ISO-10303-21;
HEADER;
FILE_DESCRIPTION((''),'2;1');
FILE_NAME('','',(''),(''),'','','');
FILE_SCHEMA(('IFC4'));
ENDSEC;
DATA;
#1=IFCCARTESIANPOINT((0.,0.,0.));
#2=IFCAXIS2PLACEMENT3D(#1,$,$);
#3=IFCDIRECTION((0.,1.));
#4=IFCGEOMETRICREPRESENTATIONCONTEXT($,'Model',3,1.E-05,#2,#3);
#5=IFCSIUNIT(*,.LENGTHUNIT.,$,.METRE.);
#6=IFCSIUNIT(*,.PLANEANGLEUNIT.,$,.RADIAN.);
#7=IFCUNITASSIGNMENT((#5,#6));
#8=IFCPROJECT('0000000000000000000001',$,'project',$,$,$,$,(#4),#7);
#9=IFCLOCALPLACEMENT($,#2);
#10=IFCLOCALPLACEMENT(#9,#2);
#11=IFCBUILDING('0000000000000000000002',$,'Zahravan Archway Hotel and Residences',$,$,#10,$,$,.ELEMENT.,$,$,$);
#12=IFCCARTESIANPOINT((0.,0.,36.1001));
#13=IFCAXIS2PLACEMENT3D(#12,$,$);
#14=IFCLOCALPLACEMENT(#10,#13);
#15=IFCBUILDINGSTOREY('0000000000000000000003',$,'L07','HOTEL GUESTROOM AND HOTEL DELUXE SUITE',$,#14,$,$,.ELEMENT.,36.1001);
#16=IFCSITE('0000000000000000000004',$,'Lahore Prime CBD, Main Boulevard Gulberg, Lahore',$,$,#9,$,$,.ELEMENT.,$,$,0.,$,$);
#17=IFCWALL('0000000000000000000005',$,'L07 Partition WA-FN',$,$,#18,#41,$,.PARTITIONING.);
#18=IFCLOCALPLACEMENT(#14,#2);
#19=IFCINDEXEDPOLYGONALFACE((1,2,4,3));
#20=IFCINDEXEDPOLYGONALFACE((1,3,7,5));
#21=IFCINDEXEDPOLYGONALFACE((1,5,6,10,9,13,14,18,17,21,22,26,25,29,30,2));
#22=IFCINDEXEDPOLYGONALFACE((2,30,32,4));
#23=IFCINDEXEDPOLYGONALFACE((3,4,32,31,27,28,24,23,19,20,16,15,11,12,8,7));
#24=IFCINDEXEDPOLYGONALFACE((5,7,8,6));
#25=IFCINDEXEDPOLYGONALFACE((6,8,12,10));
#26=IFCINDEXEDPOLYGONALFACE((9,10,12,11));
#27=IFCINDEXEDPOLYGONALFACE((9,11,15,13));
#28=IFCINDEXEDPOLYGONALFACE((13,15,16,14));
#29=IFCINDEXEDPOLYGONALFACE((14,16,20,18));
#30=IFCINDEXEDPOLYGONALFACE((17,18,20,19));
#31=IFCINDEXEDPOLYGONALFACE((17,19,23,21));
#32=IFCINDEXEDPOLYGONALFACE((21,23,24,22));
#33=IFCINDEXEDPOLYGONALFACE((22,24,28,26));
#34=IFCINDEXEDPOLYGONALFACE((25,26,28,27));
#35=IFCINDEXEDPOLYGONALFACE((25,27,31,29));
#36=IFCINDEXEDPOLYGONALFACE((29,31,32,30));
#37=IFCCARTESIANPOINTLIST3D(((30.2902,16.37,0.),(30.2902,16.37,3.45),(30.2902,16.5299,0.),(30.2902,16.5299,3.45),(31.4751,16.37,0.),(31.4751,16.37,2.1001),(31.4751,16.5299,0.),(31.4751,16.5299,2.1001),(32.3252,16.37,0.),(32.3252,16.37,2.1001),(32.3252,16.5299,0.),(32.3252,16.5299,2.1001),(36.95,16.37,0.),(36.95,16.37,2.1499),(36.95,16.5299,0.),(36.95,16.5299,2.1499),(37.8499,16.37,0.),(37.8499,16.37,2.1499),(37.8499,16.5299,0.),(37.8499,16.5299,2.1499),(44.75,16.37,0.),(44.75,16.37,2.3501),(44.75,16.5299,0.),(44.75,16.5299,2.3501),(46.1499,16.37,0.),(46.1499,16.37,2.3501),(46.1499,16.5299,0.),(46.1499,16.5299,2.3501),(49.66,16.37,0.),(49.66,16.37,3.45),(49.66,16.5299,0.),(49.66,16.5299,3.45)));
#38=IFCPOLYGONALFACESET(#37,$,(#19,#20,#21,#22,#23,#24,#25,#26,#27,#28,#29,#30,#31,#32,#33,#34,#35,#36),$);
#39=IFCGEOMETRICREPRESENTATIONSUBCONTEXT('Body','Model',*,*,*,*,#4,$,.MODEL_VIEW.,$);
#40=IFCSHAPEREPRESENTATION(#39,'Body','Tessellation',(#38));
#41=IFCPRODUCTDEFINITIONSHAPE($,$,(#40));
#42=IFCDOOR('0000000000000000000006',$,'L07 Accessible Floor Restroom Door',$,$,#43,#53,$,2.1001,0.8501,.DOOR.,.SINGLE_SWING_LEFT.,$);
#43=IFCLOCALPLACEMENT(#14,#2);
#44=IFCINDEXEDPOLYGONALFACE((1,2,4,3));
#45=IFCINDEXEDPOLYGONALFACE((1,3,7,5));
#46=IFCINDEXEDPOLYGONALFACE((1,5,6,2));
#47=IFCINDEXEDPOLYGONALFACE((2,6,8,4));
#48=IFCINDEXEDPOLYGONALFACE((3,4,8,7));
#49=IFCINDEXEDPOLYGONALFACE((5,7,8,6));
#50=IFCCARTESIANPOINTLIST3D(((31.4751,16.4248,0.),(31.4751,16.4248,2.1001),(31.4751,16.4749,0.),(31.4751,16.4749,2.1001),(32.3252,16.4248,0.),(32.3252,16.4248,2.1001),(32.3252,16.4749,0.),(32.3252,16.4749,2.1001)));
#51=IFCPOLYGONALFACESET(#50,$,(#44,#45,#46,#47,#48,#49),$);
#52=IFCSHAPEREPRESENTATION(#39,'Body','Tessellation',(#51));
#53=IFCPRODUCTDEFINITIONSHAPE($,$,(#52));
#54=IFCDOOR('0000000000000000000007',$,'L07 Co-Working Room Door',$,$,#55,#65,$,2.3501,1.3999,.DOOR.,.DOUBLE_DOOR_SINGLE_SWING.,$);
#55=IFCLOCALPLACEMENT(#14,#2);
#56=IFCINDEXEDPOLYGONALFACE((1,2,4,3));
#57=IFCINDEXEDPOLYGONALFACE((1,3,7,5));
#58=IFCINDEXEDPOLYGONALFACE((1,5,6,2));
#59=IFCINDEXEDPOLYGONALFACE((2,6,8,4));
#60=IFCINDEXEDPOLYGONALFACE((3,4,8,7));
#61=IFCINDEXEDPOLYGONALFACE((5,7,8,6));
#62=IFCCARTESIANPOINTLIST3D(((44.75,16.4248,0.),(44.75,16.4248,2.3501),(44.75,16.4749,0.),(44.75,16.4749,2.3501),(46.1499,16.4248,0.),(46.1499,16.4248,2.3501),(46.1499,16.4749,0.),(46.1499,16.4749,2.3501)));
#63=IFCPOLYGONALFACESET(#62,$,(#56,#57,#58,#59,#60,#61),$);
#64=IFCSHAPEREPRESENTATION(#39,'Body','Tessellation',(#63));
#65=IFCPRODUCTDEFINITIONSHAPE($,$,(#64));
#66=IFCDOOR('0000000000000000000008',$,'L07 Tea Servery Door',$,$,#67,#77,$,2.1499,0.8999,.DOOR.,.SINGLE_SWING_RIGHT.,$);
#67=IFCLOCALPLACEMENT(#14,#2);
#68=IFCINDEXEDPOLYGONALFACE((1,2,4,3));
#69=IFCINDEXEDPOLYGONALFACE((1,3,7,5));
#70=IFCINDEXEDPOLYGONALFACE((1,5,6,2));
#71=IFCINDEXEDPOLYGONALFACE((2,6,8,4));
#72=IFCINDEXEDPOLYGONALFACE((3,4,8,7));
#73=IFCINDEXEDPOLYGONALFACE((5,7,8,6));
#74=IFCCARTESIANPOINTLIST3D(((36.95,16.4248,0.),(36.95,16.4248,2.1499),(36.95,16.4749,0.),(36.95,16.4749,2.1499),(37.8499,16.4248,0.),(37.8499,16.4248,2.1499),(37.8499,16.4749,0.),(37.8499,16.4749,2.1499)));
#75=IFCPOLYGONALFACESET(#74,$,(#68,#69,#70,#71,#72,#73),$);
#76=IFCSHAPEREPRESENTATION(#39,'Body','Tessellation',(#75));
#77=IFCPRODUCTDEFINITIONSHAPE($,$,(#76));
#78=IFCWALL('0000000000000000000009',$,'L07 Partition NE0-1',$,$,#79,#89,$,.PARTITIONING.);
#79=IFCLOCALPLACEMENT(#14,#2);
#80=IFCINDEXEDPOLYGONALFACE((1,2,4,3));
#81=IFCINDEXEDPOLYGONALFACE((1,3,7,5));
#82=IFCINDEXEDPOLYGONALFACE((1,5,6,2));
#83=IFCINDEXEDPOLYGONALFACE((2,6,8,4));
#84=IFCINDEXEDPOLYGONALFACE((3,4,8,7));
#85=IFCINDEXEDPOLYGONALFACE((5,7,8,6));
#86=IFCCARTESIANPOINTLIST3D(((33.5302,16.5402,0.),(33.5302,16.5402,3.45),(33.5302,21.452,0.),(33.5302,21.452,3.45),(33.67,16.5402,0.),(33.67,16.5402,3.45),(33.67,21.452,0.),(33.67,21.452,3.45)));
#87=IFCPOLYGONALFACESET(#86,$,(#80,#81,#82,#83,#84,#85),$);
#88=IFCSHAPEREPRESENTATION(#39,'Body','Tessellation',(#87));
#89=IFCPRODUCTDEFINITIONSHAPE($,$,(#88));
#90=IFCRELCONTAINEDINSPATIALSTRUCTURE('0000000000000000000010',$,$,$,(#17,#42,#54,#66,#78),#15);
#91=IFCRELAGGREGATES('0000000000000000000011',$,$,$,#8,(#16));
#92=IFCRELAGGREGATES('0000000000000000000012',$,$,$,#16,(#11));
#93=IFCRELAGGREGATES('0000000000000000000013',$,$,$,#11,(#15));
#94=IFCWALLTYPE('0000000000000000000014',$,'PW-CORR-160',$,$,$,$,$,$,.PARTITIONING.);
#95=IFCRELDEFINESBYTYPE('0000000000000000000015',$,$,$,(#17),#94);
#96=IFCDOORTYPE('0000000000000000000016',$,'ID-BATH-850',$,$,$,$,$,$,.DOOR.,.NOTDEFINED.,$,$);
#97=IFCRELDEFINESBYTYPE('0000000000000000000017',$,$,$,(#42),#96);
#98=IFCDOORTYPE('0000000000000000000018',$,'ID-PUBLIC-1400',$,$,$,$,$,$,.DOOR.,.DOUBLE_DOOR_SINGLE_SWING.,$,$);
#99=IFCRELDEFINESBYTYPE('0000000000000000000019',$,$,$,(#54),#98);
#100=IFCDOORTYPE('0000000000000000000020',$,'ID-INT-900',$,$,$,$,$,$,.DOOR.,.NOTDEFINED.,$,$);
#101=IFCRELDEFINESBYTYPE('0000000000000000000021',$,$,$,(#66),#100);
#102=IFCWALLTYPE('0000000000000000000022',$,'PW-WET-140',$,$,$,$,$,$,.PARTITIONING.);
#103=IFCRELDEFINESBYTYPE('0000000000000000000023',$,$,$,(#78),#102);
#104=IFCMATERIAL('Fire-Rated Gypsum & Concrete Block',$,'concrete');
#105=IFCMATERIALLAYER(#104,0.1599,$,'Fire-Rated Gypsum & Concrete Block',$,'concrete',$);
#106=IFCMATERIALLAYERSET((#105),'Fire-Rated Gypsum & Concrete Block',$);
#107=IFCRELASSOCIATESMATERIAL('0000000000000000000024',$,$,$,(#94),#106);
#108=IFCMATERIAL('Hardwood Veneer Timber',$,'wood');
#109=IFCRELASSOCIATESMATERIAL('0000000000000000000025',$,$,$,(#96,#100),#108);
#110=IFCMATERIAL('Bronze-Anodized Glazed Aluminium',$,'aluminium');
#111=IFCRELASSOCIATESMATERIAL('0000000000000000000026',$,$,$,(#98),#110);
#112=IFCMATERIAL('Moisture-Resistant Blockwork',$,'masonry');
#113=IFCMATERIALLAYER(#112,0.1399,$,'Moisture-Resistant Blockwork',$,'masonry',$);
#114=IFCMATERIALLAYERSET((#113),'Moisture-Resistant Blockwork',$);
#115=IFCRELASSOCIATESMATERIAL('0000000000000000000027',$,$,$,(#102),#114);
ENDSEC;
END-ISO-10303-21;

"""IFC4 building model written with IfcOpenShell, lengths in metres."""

from ifc_helpers import new_model, si_unit, direction, frame, frame_2d, origin, place, context, subcontext, project, spatial, rectangle, extrude, source, transform, mapped, material, layer, layer_set, type_object, type_shapes, element, fill, save


model = new_model("IFC4")

# Units and contexts
model_context = context("Model", 3, precision=1e-05, world=origin(), true_north=direction((0.0, 1.0)))
body_context = subcontext(model_context, "Body", "Model", "MODEL_VIEW")
ifc_project = project(units=[si_unit("LENGTHUNIT", "METRE"), si_unit("PLANEANGLEUNIT", "RADIAN")], contexts=[model_context])

# Site, building, storey
site_placement = place(None, origin())
site = spatial("IfcSite", under=ifc_project, at=site_placement, Name="Lahore Prime CBD, Main Boulevard Gulberg, Lahore", CompositionType="ELEMENT", RefElevation=0.0)
building_placement = place(site_placement, origin())
building = spatial("IfcBuilding", under=site, at=building_placement, Name="Zahravan Archway Hotel and Residences", CompositionType="ELEMENT")
storey_placement = place(building_placement, frame((0.0, 0.0, 36.1001)))
storey = spatial("IfcBuildingStorey", under=building, at=storey_placement, Name="L07", Description="HOTEL GUESTROOM AND HOTEL DELUXE SUITE", CompositionType="ELEMENT", Elevation=36.1001)

# Shared definitions
ifc_material_1 = material(Name="Bronze-Anodized Glazed Aluminium", Category="aluminium")

# Wall, openings, doors
ifc_material_2 = material(Name="Fire-Rated Gypsum & Concrete Block", Category="concrete")
ifc_layer_1 = layer(ifc_material_2, 0.1599, Name="Fire-Rated Gypsum & Concrete Block", Category="concrete")
ifc_layer_set_1 = layer_set([ifc_layer_1], Name="Fire-Rated Gypsum & Concrete Block")
wall_type_1 = type_object("IfcWallType", Name="PW-CORR-160", PredefinedType="PARTITIONING", material=ifc_layer_set_1)
wall_1_placement = place(storey_placement, frame((30.29, 16.45, 0.0), z_axis=(0.0, 0.0, 1.0), x_axis=(1.0, 0.0, 0.0)))
wall_1 = element("IfcWall", 1, at=wall_1_placement, inside=storey, type_object=wall_type_1, Name="L07 Partition WA-FN", PredefinedType="PARTITIONING", context=body_context, shape_type="SweptSolid", body=[
    extrude(rectangle(XDim=19.3699, YDim=0.1599, at=frame_2d((9.6851, 0.0))), origin(), (0.0, 0.0, 1.0), 3.45),
])
opening_1_placement = place(wall_1_placement, frame((1.1851, 0.0, 0.0)))
opening_1 = element("IfcOpeningElement", 2, at=opening_1_placement, cuts=wall_1, PredefinedType="OPENING", context=body_context, shape_type="SweptSolid", body=[
    extrude(rectangle(XDim=0.8501, YDim=2.1001, at=frame_2d((0.425, 1.05))), frame((0.0, 0.0898, 0.0), z_axis=(0.0, -1.0, 0.0), x_axis=(1.0, 0.0, 0.0)), (0.0, 0.0, 1.0), 0.1799),
])
opening_2_placement = place(wall_1_placement, frame((6.6599, 0.0, 0.0)))
opening_2 = element("IfcOpeningElement", 3, at=opening_2_placement, cuts=wall_1, PredefinedType="OPENING", context=body_context, shape_type="SweptSolid", body=[
    extrude(rectangle(XDim=0.8999, YDim=2.1499, at=frame_2d((0.45, 1.075))), frame((0.0, 0.0898, 0.0), z_axis=(0.0, -1.0, 0.0), x_axis=(1.0, 0.0, 0.0)), (0.0, 0.0, 1.0), 0.1799),
])
opening_3_placement = place(wall_1_placement, frame((14.46, 0.0, 0.0)))
opening_3 = element("IfcOpeningElement", 4, at=opening_3_placement, cuts=wall_1, PredefinedType="OPENING", context=body_context, shape_type="SweptSolid", body=[
    extrude(rectangle(XDim=1.3999, YDim=2.3501, at=frame_2d((0.7, 1.175))), frame((0.0, 0.0898, 0.0), z_axis=(0.0, -1.0, 0.0), x_axis=(1.0, 0.0, 0.0)), (0.0, 0.0, 1.0), 0.1799),
])
ifc_material_3 = material(Name="Hardwood Veneer Timber", Category="wood")
door_type_1 = type_object("IfcDoorType", Name="ID-BATH-850", OperationType="NOTDEFINED", PredefinedType="DOOR", material=ifc_material_3)
shared_shape_1 = source(origin(), body_context, "Body", "SweptSolid", [
    extrude(rectangle(XDim=0.8501, YDim=2.1001, at=frame_2d((0.425, 1.05))), frame((0.0, 0.0249, 0.0), z_axis=(0.0, -1.0, 0.0), x_axis=(1.0, 0.0, 0.0)), (0.0, 0.0, 1.0), 0.05),
])
type_shapes(door_type_1, [shared_shape_1])
door_1_placement = place(opening_1_placement, origin())
door_1 = element("IfcDoor", 5, at=door_1_placement, inside=storey, type_object=door_type_1, Name="L07 Accessible Floor Restroom Door", OperationType="SINGLE_SWING_LEFT", OverallHeight=2.1001, OverallWidth=0.8501, PredefinedType="DOOR", context=body_context, shape_type="MappedRepresentation", body=[
    mapped(shared_shape_1, transform((0.0, 0.0, 0.0), scale=1.0)),
])
fill(opening_1, door_1)
door_type_2 = type_object("IfcDoorType", Name="ID-PUBLIC-1400", OperationType="DOUBLE_DOOR_SINGLE_SWING", PredefinedType="DOOR", material=ifc_material_1)
shared_shape_2 = source(origin(), body_context, "Body", "SweptSolid", [
    extrude(rectangle(XDim=1.3999, YDim=2.3501, at=frame_2d((0.7, 1.175))), frame((0.0, 0.0249, 0.0), z_axis=(0.0, -1.0, 0.0), x_axis=(1.0, 0.0, 0.0)), (0.0, 0.0, 1.0), 0.05),
])
type_shapes(door_type_2, [shared_shape_2])
door_2_placement = place(opening_3_placement, origin())
door_2 = element("IfcDoor", 6, at=door_2_placement, inside=storey, type_object=door_type_2, Name="L07 Co-Working Room Door", OperationType="DOUBLE_DOOR_SINGLE_SWING", OverallHeight=2.3501, OverallWidth=1.3999, PredefinedType="DOOR", context=body_context, shape_type="MappedRepresentation", body=[
    mapped(shared_shape_2, transform((0.0, 0.0, 0.0), scale=1.0)),
])
fill(opening_3, door_2)
door_type_3 = type_object("IfcDoorType", Name="ID-INT-900", OperationType="NOTDEFINED", PredefinedType="DOOR", material=ifc_material_3)
shared_shape_3 = source(origin(), body_context, "Body", "SweptSolid", [
    extrude(rectangle(XDim=0.8999, YDim=2.1499, at=frame_2d((0.45, 1.075))), frame((0.0, 0.0249, 0.0), z_axis=(0.0, -1.0, 0.0), x_axis=(1.0, 0.0, 0.0)), (0.0, 0.0, 1.0), 0.05),
])
type_shapes(door_type_3, [shared_shape_3])
door_3_placement = place(opening_2_placement, origin())
door_3 = element("IfcDoor", 7, at=door_3_placement, inside=storey, type_object=door_type_3, Name="L07 Tea Servery Door", OperationType="SINGLE_SWING_RIGHT", OverallHeight=2.1499, OverallWidth=0.8999, PredefinedType="DOOR", context=body_context, shape_type="MappedRepresentation", body=[
    mapped(shared_shape_3, transform((0.0, 0.0, 0.0), scale=1.0)),
])
fill(opening_2, door_3)

# Wall
ifc_material_4 = material(Name="Moisture-Resistant Blockwork", Category="masonry")
ifc_layer_2 = layer(ifc_material_4, 0.1399, Name="Moisture-Resistant Blockwork", Category="masonry")
ifc_layer_set_2 = layer_set([ifc_layer_2], Name="Moisture-Resistant Blockwork")
wall_type_2 = type_object("IfcWallType", Name="PW-WET-140", PredefinedType="PARTITIONING", material=ifc_layer_set_2)
wall_2_placement = place(storey_placement, frame((33.6001, 16.54, 0.0), z_axis=(0.0, 0.0, 1.0), x_axis=(0.0, 1.0, 0.0)))
element("IfcWall", 8, at=wall_2_placement, inside=storey, type_object=wall_type_2, Name="L07 Partition NE0-1", PredefinedType="PARTITIONING", context=body_context, shape_type="SweptSolid", body=[
    extrude(rectangle(XDim=4.9119, YDim=0.1399, at=frame_2d((2.4561, 0.0))), origin(), (0.0, 0.0, 1.0), 3.45),
])

save(model, "model.ifc")
